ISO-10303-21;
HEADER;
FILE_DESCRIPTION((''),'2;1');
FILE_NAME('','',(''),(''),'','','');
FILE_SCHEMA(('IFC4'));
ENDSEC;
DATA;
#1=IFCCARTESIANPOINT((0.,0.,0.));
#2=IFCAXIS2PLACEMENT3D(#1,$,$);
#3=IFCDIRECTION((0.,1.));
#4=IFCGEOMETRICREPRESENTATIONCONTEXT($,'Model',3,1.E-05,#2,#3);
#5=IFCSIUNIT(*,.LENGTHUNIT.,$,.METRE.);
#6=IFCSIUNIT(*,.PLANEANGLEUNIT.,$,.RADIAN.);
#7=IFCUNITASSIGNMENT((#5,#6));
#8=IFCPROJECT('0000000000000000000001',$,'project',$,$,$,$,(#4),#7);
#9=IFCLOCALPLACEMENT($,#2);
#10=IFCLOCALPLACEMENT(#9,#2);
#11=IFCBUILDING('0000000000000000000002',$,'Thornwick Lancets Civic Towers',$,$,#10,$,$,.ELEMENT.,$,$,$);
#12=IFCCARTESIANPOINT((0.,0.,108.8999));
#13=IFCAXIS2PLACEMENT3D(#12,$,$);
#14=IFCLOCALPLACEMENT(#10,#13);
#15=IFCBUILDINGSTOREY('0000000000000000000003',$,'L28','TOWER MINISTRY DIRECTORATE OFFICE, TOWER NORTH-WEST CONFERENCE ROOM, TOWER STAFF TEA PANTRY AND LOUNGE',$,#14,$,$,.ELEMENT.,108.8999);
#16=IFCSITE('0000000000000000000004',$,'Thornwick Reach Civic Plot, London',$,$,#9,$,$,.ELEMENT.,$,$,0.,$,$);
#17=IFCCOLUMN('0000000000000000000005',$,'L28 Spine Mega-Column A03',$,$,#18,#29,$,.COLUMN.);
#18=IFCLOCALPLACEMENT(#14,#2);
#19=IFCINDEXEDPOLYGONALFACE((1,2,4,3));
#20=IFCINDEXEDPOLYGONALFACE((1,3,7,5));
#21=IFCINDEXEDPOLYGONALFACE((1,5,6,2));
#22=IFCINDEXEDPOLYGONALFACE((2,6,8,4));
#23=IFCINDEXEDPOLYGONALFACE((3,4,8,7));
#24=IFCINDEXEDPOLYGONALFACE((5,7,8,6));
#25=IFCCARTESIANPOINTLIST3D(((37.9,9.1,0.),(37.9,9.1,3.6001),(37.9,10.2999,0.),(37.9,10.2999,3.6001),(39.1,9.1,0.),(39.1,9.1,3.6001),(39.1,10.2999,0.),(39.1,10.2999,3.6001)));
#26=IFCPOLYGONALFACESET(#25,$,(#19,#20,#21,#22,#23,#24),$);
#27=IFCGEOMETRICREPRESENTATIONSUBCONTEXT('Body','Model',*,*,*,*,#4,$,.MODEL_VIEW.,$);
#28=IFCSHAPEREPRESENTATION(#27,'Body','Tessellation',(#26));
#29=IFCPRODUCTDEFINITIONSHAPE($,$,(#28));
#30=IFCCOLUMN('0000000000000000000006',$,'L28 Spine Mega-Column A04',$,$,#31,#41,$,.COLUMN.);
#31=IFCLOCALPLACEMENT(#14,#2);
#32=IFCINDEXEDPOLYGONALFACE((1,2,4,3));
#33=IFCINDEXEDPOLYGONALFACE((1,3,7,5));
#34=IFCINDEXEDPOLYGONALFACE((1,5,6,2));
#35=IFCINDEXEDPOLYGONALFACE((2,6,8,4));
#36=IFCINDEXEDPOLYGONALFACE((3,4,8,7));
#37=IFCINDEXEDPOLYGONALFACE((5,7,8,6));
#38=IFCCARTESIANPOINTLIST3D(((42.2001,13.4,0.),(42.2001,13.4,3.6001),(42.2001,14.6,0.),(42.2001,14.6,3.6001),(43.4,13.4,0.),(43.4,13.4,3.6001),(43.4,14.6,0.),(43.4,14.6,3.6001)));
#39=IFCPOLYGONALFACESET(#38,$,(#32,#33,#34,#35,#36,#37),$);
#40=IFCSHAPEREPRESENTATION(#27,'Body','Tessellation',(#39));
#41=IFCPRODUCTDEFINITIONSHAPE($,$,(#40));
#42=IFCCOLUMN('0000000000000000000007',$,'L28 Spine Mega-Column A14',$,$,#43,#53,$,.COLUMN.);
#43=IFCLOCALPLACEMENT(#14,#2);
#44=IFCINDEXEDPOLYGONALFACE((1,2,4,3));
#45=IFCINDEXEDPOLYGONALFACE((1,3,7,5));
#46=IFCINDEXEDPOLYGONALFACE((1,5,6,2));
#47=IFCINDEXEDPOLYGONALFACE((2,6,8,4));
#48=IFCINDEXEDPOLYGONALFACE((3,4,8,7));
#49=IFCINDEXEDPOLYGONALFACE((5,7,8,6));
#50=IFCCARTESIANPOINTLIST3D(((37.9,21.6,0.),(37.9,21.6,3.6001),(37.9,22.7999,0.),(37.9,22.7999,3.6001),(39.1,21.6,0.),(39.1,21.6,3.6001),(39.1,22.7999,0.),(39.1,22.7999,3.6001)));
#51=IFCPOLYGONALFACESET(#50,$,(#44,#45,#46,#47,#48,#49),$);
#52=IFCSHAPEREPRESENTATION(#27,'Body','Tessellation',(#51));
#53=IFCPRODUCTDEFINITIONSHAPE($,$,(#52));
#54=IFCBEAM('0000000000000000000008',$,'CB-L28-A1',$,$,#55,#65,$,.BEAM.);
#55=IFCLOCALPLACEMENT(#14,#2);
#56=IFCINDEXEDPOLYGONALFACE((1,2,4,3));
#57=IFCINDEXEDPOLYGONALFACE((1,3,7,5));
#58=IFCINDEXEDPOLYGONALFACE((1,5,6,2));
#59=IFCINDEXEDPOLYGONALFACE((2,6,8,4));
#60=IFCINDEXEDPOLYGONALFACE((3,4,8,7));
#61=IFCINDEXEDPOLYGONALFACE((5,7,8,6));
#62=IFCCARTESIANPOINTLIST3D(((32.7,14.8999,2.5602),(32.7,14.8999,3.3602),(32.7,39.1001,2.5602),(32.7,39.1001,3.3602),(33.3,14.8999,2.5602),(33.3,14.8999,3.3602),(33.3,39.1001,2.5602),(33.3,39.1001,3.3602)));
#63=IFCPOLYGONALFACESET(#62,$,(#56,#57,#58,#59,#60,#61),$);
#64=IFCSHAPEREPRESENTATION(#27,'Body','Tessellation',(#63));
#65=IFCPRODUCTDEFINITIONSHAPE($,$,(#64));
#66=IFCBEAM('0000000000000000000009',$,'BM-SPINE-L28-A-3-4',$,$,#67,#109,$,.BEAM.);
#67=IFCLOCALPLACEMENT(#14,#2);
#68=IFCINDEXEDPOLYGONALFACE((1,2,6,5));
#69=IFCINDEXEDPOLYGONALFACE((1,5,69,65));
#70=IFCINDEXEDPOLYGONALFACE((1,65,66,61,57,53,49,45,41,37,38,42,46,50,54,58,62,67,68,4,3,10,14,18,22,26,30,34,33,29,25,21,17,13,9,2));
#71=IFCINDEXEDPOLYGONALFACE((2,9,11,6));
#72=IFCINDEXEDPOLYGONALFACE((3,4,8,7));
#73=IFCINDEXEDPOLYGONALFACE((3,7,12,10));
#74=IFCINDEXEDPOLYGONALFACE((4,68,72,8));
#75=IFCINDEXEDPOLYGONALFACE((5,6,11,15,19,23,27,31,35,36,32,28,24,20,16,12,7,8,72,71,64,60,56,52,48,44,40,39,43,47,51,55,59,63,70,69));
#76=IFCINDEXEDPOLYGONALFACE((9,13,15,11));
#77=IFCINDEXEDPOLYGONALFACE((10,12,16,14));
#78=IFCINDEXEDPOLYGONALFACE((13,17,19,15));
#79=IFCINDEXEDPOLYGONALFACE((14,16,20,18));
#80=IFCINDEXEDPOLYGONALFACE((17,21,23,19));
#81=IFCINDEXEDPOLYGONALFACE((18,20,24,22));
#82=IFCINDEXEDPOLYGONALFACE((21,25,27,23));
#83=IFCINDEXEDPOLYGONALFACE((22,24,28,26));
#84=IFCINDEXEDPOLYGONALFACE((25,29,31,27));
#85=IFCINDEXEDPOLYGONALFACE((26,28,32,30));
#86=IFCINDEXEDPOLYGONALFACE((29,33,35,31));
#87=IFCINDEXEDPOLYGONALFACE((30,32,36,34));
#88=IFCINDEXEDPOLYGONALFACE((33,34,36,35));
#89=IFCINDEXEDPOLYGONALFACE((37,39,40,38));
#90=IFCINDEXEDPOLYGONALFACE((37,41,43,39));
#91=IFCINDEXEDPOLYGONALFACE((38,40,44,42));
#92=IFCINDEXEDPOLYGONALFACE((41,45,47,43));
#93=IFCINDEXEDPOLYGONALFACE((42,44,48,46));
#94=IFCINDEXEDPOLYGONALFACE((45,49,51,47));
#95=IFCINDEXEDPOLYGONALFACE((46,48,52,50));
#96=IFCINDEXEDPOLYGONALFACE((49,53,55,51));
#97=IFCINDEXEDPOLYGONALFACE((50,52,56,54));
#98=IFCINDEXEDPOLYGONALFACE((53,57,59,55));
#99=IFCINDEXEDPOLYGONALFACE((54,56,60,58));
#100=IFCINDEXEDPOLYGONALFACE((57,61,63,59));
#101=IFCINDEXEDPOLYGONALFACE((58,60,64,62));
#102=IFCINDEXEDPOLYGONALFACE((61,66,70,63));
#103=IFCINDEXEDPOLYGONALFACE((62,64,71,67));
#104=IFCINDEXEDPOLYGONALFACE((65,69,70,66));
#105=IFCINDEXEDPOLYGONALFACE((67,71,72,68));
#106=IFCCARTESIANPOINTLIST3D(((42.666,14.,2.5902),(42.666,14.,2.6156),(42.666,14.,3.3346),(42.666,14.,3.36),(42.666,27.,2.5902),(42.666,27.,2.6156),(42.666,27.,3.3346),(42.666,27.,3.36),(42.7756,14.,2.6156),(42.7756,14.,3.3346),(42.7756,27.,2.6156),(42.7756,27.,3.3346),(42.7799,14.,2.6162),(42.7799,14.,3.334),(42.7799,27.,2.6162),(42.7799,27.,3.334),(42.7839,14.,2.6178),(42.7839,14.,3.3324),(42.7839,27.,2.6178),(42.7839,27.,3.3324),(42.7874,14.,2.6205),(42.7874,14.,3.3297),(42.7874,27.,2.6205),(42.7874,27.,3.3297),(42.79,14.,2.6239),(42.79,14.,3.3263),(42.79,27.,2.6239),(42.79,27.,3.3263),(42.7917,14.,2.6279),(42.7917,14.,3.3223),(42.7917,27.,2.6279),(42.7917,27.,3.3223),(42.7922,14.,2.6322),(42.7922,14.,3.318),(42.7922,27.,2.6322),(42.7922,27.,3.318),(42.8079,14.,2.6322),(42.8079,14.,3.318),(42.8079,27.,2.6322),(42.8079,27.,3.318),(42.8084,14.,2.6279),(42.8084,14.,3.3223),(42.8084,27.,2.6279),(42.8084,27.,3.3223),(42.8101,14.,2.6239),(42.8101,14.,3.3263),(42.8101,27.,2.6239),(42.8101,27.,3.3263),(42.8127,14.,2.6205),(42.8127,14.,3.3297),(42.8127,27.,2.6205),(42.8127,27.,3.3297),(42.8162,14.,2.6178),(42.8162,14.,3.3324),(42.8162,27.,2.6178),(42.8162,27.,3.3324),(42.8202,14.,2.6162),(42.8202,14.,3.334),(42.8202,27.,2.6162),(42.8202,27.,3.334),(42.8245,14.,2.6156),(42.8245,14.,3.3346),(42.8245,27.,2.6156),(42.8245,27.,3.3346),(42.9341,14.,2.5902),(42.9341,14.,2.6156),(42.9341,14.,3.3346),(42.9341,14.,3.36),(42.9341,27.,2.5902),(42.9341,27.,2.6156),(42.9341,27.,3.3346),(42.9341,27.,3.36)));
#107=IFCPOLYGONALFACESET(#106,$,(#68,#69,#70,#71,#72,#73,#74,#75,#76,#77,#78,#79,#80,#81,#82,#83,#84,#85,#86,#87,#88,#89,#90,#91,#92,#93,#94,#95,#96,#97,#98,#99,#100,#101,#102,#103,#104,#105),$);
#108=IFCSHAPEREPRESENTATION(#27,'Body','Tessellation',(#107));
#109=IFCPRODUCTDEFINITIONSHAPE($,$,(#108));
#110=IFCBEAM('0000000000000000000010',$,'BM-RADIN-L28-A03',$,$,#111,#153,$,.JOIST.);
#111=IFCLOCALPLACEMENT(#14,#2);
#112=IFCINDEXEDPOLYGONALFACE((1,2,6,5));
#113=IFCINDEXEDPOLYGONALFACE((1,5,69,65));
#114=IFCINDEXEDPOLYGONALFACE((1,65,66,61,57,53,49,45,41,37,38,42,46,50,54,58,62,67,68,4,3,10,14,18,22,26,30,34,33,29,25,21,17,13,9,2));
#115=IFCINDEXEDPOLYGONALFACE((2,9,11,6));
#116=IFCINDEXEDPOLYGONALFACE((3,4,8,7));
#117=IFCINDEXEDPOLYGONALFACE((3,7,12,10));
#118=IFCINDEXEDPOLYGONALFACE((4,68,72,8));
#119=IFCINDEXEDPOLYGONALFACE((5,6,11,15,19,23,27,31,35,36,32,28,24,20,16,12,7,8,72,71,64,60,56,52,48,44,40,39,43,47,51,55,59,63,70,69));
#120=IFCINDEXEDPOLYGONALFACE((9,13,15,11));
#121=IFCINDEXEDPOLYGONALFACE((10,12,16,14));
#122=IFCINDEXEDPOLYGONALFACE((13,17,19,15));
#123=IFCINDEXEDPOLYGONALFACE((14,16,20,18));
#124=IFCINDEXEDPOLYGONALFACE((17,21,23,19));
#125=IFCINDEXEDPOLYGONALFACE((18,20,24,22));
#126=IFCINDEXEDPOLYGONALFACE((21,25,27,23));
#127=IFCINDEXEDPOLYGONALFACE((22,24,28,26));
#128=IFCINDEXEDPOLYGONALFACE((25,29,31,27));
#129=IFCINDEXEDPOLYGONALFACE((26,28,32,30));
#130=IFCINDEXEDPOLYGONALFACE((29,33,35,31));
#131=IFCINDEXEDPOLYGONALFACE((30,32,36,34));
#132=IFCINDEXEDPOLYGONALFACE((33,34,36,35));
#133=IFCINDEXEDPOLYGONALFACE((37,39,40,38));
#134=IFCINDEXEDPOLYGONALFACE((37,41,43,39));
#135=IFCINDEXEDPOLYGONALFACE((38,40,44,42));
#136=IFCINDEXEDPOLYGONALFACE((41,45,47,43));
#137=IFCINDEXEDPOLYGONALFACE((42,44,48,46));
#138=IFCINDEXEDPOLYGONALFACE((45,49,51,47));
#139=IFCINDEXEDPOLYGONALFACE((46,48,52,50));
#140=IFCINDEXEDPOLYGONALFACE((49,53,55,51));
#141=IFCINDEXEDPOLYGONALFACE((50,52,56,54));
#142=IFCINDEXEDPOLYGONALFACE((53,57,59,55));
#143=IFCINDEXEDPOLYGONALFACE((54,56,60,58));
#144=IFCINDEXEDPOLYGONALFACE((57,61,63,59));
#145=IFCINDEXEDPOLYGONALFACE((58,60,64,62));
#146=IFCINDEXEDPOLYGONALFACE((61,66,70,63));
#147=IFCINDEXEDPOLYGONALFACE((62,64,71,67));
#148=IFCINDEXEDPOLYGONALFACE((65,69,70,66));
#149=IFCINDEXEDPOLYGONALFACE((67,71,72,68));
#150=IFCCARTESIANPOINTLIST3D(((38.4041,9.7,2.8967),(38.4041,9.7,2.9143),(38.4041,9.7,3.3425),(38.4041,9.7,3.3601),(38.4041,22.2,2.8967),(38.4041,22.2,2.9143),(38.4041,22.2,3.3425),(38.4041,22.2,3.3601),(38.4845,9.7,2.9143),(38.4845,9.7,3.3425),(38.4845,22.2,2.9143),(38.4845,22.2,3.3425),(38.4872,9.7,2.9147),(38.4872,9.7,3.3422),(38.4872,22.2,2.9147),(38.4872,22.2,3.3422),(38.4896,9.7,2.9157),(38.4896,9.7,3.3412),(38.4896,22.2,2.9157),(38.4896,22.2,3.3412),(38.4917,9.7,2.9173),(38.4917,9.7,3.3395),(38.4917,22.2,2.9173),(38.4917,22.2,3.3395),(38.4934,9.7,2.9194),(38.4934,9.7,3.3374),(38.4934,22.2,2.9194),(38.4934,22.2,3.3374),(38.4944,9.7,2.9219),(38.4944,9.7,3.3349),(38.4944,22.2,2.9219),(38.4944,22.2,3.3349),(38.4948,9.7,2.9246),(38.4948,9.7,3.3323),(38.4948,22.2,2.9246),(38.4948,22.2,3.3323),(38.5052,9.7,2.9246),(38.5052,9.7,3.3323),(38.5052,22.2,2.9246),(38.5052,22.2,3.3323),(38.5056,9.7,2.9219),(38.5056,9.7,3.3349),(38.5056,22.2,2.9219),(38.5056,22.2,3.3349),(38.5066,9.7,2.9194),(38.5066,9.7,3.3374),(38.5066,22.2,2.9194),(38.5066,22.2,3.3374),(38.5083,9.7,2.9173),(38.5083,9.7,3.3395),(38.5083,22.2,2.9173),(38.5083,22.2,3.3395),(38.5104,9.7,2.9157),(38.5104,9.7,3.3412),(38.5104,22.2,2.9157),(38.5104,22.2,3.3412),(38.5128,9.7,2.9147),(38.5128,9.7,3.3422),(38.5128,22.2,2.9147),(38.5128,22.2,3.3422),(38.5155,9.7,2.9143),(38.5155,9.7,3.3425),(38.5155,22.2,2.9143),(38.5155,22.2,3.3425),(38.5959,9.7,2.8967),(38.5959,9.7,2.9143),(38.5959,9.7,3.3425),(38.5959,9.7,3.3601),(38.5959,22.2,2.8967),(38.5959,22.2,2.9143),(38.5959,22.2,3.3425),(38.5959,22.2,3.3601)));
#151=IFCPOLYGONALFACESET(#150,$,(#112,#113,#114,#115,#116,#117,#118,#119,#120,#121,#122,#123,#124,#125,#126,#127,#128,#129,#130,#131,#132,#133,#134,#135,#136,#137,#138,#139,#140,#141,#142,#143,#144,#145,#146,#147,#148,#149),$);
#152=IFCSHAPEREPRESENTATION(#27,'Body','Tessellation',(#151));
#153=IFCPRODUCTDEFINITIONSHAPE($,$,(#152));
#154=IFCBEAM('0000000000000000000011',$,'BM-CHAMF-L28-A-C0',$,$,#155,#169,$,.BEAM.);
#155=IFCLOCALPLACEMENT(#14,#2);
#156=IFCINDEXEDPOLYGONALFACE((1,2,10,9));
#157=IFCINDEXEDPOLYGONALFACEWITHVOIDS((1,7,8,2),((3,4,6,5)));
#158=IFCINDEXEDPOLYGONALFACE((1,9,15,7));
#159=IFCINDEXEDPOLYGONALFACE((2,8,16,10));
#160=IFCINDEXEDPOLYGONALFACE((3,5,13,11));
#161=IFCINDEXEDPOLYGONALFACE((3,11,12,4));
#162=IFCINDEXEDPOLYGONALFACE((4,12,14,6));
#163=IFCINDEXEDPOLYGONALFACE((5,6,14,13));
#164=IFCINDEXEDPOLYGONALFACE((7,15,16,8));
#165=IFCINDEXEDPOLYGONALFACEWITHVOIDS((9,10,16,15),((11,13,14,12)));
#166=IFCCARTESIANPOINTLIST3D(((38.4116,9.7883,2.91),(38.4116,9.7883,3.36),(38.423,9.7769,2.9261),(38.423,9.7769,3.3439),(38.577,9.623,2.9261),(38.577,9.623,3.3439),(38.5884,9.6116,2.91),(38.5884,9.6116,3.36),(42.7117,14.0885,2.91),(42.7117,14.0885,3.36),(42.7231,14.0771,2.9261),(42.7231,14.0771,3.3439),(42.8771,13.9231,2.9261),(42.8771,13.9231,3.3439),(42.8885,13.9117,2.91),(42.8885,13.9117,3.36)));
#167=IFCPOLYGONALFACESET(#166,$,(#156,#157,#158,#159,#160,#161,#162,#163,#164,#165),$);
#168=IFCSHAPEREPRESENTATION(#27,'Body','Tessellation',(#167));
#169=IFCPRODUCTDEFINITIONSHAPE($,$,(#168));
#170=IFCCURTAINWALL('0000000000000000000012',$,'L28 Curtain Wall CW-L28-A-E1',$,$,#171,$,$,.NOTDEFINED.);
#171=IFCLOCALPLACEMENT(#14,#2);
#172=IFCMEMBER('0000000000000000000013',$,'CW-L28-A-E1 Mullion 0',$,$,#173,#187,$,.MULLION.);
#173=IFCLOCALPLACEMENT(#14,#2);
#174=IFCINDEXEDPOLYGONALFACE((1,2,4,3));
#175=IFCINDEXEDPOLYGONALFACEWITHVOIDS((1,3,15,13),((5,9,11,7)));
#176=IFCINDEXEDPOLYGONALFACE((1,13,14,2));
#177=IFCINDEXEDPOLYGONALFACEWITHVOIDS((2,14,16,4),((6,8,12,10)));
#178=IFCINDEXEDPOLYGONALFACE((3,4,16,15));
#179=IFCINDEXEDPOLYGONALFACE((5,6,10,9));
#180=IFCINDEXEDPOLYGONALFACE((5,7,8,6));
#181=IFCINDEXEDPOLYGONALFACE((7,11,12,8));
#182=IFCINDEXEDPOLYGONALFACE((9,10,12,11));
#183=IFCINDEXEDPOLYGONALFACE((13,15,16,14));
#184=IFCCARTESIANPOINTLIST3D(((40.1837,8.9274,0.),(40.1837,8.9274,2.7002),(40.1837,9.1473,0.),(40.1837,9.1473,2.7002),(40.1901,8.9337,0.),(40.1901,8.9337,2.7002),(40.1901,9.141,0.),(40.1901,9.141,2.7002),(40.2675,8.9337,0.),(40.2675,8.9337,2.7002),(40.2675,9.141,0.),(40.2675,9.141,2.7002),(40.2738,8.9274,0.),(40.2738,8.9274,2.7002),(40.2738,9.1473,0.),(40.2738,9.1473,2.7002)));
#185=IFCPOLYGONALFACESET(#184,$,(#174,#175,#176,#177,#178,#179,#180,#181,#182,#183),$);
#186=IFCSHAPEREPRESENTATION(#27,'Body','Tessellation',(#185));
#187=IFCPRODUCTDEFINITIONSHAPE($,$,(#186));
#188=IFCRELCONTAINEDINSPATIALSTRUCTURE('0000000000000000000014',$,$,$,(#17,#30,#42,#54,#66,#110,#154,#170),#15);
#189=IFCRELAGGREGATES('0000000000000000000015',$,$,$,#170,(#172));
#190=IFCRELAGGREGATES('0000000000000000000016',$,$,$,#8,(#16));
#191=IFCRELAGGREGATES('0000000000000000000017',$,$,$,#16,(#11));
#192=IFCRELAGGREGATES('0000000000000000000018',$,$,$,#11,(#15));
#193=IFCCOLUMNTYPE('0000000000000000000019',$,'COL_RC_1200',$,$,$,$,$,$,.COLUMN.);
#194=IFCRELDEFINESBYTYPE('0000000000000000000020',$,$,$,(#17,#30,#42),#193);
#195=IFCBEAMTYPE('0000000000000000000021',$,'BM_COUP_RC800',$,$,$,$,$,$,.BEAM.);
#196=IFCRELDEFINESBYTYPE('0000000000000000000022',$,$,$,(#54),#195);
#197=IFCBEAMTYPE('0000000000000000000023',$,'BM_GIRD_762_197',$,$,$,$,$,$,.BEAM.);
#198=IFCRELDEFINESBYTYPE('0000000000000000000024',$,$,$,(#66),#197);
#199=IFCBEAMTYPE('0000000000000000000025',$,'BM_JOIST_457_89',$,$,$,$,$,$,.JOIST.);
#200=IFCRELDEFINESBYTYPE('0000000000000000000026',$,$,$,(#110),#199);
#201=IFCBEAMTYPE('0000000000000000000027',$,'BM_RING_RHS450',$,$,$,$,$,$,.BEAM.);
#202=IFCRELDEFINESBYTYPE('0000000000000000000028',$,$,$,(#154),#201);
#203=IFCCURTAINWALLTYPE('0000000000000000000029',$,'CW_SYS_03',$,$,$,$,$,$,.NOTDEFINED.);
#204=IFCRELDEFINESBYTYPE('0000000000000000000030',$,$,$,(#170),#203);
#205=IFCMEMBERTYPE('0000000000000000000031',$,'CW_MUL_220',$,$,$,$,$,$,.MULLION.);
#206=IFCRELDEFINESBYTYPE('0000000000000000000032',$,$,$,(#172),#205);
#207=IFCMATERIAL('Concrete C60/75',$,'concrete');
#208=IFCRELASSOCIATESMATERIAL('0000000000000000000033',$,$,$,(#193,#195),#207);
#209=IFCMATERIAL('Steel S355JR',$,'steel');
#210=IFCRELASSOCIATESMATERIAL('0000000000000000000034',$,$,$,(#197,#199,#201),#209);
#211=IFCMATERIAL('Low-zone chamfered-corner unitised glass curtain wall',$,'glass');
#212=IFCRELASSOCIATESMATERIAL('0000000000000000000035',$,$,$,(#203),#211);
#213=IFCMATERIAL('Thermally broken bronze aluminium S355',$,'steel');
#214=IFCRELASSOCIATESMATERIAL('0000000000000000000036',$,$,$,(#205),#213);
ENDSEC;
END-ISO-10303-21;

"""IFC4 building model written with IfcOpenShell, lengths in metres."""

from ifc_helpers import new_model, si_unit, direction, frame, origin, origin_2d, place, context, subcontext, project, spatial, rectangle, hollow_rectangle, i_section, extrude, material, material_profile, profile_set, type_object, element, aggregate, save


model = new_model("IFC4")

# Units and contexts
model_context = context("Model", 3, precision=1e-05, world=origin(), true_north=direction((0.0, 1.0)))
body_context = subcontext(model_context, "Body", "Model", "MODEL_VIEW")
ifc_project = project(units=[si_unit("LENGTHUNIT", "METRE"), si_unit("PLANEANGLEUNIT", "RADIAN")], contexts=[model_context])

# Site, building, storey
site_placement = place(None, origin())
site = spatial("IfcSite", under=ifc_project, at=site_placement, Name="Thornwick Reach Civic Plot, London", CompositionType="ELEMENT", RefElevation=0.0)
building_placement = place(site_placement, origin())
building = spatial("IfcBuilding", under=site, at=building_placement, Name="Thornwick Lancets Civic Towers", CompositionType="ELEMENT")
storey_placement = place(building_placement, frame((0.0, 0.0, 108.8999)))
storey = spatial("IfcBuildingStorey", under=building, at=storey_placement, Name="L28", Description="TOWER MINISTRY DIRECTORATE OFFICE, TOWER NORTH-WEST CONFERENCE ROOM, TOWER STAFF TEA PANTRY AND LOUNGE", CompositionType="ELEMENT", Elevation=108.8999)

# Columns
ifc_material_1 = material(Name="Concrete C60/75", Category="concrete")
ifc_material_profile_1 = material_profile(ifc_material_1, rectangle(XDim=1.2, YDim=1.2, at=origin_2d()), Name="RC 1200x1200")
ifc_profile_set_1 = profile_set([ifc_material_profile_1], Name="Concrete C60/75")
column_type = type_object("IfcColumnType", Name="COL_RC_1200", PredefinedType="COLUMN", material=ifc_profile_set_1)
for number, where, z_axis, x_axis, name in (
    (1, (38.5, 9.7, 0.0), (0.0, 0.0, 1.0), (1.0, 0.0, 0.0), "L28 Spine Mega-Column A03"),
    (2, (42.8, 14.0, 0.0), (0.0, 0.0, 1.0), (1.0, 0.0, 0.0), "L28 Spine Mega-Column A04"),
    (3, (38.5, 22.2, 0.0), (0.0, 0.0, 1.0), (1.0, 0.0, 0.0), "L28 Spine Mega-Column A14"),
):
    element("IfcColumn", number, at=place(storey_placement, frame(where, z_axis=z_axis, x_axis=x_axis)), inside=storey, type_object=column_type, Name=name, PredefinedType="COLUMN", context=body_context, shape_type="SweptSolid", body=[
        extrude(rectangle(XDim=1.2, YDim=1.2, at=origin_2d()), origin(), (0.0, 0.0, 1.0), 3.6001),
    ])

# Beams
ifc_material_profile_2 = material_profile(ifc_material_1, rectangle(XDim=0.6001, YDim=0.8, at=origin_2d()), Name="RC 600x800")
ifc_profile_set_2 = profile_set([ifc_material_profile_2], Name="Concrete C60/75")
beam_type_1 = type_object("IfcBeamType", Name="BM_COUP_RC800", PredefinedType="BEAM", material=ifc_profile_set_2)
beam_1_placement = place(storey_placement, frame((33.0, 14.8999, 2.9602), z_axis=(0.0, 1.0, 0.0), x_axis=(-1.0, 0.0, 0.0)))
element("IfcBeam", 4, at=beam_1_placement, inside=storey, type_object=beam_type_1, Name="CB-L28-A1", PredefinedType="BEAM", context=body_context, shape_type="SweptSolid", body=[
    extrude(rectangle(XDim=0.6001, YDim=0.8, at=origin_2d()), origin(), (0.0, 0.0, 1.0), 24.2002),
])
ifc_material_2 = material(Name="Steel S355JR", Category="steel")
ifc_material_profile_3 = material_profile(ifc_material_2, i_section(OverallWidth=0.2681, OverallDepth=0.7698, WebThickness=0.0156, FlangeThickness=0.0254, FilletRadius=0.0166, at=origin_2d()), Name="UKB 762x267x197")
ifc_profile_set_3 = profile_set([ifc_material_profile_3], Name="Steel S355JR")
beam_type_2 = type_object("IfcBeamType", Name="BM_GIRD_762_197", PredefinedType="BEAM", material=ifc_profile_set_3)
beam_2_placement = place(storey_placement, frame((42.8, 14.0, 2.9751), z_axis=(0.0, 1.0, 0.0), x_axis=(-1.0, 0.0, 0.0)))
element("IfcBeam", 5, at=beam_2_placement, inside=storey, type_object=beam_type_2, Name="BM-SPINE-L28-A-3-4", PredefinedType="BEAM", context=body_context, shape_type="SweptSolid", body=[
    extrude(i_section(OverallWidth=0.2681, OverallDepth=0.7698, WebThickness=0.0156, FlangeThickness=0.0254, FilletRadius=0.0166, at=origin_2d()), origin(), (0.0, 0.0, 1.0), 13.0),
])
ifc_material_profile_4 = material_profile(ifc_material_2, i_section(OverallWidth=0.1919, OverallDepth=0.4634, WebThickness=0.0105, FlangeThickness=0.0176, FilletRadius=0.0103, at=origin_2d()), Name="UKB 457x191x89")
ifc_profile_set_4 = profile_set([ifc_material_profile_4], Name="Steel S355JR")
beam_type_3 = type_object("IfcBeamType", Name="BM_JOIST_457_89", PredefinedType="JOIST", material=ifc_profile_set_4)
beam_3_placement = place(storey_placement, frame((38.5, 22.2, 3.1284), z_axis=(0.0, -1.0, 0.0), x_axis=(1.0, 0.0, 0.0)))
element("IfcBeam", 6, at=beam_3_placement, inside=storey, type_object=beam_type_3, Name="BM-RADIN-L28-A03", PredefinedType="JOIST", context=body_context, shape_type="SweptSolid", body=[
    extrude(i_section(OverallWidth=0.1919, OverallDepth=0.4634, WebThickness=0.0105, FlangeThickness=0.0176, FilletRadius=0.0103, at=origin_2d()), origin(), (0.0, 0.0, 1.0), 12.5),
])
ifc_material_profile_5 = material_profile(ifc_material_2, hollow_rectangle(XDim=0.25, YDim=0.45, WallThickness=0.0161, at=origin_2d()), Name="RHS 450x250x16")
ifc_profile_set_5 = profile_set([ifc_material_profile_5], Name="Steel S355JR")
beam_type_4 = type_object("IfcBeamType", Name="BM_RING_RHS450", PredefinedType="BEAM", material=ifc_profile_set_5)
beam_4_placement = place(storey_placement, frame((38.5, 9.7, 3.135), z_axis=(0.707107, 0.707107, 0.0), x_axis=(-0.707107, 0.707107, 0.0)))
element("IfcBeam", 7, at=beam_4_placement, inside=storey, type_object=beam_type_4, Name="BM-CHAMF-L28-A-C0", PredefinedType="BEAM", context=body_context, shape_type="SweptSolid", body=[
    extrude(hollow_rectangle(XDim=0.25, YDim=0.45, WallThickness=0.0161, at=origin_2d()), origin(), (0.0, 0.0, 1.0), 6.0813),
])

# Curtain wall, member
ifc_material_3 = material(Name="Low-zone chamfered-corner unitised glass curtain wall", Category="glass")
curtain_wall_type = type_object("IfcCurtainWallType", Name="CW_SYS_03", PredefinedType="NOTDEFINED", material=ifc_material_3)
curtain_wall_placement = place(storey_placement, origin())
curtain_wall = element("IfcCurtainWall", 8, at=curtain_wall_placement, inside=storey, type_object=curtain_wall_type, Name="L28 Curtain Wall CW-L28-A-E1", PredefinedType="NOTDEFINED")
ifc_material_4 = material(Name="Thermally broken bronze aluminium S355", Category="steel")
ifc_material_profile_6 = material_profile(ifc_material_4, hollow_rectangle(XDim=0.0901, YDim=0.22, WallThickness=0.0063, at=origin_2d()), Name="RHS 220x90x6.3")
ifc_profile_set_6 = profile_set([ifc_material_profile_6], Name="Thermally broken bronze aluminium S355")
member_type_1 = type_object("IfcMemberType", Name="CW_MUL_220", PredefinedType="MULLION", material=ifc_profile_set_6)
member_1_placement = place(storey_placement, frame((40.2288, 9.0374, 0.0), z_axis=(0.0, 0.0, 1.0), x_axis=(1.0, 0.0, 0.0)))
member_1 = element("IfcMember", 9, at=member_1_placement, type_object=member_type_1, Name="CW-L28-A-E1 Mullion 0", PredefinedType="MULLION", context=body_context, shape_type="SweptSolid", body=[
    extrude(hollow_rectangle(XDim=0.0901, YDim=0.22, WallThickness=0.0063, at=origin_2d()), origin(), (0.0, 0.0, 1.0), 2.7002),
])
aggregate(curtain_wall, [member_1])

save(model, "model.ifc")
